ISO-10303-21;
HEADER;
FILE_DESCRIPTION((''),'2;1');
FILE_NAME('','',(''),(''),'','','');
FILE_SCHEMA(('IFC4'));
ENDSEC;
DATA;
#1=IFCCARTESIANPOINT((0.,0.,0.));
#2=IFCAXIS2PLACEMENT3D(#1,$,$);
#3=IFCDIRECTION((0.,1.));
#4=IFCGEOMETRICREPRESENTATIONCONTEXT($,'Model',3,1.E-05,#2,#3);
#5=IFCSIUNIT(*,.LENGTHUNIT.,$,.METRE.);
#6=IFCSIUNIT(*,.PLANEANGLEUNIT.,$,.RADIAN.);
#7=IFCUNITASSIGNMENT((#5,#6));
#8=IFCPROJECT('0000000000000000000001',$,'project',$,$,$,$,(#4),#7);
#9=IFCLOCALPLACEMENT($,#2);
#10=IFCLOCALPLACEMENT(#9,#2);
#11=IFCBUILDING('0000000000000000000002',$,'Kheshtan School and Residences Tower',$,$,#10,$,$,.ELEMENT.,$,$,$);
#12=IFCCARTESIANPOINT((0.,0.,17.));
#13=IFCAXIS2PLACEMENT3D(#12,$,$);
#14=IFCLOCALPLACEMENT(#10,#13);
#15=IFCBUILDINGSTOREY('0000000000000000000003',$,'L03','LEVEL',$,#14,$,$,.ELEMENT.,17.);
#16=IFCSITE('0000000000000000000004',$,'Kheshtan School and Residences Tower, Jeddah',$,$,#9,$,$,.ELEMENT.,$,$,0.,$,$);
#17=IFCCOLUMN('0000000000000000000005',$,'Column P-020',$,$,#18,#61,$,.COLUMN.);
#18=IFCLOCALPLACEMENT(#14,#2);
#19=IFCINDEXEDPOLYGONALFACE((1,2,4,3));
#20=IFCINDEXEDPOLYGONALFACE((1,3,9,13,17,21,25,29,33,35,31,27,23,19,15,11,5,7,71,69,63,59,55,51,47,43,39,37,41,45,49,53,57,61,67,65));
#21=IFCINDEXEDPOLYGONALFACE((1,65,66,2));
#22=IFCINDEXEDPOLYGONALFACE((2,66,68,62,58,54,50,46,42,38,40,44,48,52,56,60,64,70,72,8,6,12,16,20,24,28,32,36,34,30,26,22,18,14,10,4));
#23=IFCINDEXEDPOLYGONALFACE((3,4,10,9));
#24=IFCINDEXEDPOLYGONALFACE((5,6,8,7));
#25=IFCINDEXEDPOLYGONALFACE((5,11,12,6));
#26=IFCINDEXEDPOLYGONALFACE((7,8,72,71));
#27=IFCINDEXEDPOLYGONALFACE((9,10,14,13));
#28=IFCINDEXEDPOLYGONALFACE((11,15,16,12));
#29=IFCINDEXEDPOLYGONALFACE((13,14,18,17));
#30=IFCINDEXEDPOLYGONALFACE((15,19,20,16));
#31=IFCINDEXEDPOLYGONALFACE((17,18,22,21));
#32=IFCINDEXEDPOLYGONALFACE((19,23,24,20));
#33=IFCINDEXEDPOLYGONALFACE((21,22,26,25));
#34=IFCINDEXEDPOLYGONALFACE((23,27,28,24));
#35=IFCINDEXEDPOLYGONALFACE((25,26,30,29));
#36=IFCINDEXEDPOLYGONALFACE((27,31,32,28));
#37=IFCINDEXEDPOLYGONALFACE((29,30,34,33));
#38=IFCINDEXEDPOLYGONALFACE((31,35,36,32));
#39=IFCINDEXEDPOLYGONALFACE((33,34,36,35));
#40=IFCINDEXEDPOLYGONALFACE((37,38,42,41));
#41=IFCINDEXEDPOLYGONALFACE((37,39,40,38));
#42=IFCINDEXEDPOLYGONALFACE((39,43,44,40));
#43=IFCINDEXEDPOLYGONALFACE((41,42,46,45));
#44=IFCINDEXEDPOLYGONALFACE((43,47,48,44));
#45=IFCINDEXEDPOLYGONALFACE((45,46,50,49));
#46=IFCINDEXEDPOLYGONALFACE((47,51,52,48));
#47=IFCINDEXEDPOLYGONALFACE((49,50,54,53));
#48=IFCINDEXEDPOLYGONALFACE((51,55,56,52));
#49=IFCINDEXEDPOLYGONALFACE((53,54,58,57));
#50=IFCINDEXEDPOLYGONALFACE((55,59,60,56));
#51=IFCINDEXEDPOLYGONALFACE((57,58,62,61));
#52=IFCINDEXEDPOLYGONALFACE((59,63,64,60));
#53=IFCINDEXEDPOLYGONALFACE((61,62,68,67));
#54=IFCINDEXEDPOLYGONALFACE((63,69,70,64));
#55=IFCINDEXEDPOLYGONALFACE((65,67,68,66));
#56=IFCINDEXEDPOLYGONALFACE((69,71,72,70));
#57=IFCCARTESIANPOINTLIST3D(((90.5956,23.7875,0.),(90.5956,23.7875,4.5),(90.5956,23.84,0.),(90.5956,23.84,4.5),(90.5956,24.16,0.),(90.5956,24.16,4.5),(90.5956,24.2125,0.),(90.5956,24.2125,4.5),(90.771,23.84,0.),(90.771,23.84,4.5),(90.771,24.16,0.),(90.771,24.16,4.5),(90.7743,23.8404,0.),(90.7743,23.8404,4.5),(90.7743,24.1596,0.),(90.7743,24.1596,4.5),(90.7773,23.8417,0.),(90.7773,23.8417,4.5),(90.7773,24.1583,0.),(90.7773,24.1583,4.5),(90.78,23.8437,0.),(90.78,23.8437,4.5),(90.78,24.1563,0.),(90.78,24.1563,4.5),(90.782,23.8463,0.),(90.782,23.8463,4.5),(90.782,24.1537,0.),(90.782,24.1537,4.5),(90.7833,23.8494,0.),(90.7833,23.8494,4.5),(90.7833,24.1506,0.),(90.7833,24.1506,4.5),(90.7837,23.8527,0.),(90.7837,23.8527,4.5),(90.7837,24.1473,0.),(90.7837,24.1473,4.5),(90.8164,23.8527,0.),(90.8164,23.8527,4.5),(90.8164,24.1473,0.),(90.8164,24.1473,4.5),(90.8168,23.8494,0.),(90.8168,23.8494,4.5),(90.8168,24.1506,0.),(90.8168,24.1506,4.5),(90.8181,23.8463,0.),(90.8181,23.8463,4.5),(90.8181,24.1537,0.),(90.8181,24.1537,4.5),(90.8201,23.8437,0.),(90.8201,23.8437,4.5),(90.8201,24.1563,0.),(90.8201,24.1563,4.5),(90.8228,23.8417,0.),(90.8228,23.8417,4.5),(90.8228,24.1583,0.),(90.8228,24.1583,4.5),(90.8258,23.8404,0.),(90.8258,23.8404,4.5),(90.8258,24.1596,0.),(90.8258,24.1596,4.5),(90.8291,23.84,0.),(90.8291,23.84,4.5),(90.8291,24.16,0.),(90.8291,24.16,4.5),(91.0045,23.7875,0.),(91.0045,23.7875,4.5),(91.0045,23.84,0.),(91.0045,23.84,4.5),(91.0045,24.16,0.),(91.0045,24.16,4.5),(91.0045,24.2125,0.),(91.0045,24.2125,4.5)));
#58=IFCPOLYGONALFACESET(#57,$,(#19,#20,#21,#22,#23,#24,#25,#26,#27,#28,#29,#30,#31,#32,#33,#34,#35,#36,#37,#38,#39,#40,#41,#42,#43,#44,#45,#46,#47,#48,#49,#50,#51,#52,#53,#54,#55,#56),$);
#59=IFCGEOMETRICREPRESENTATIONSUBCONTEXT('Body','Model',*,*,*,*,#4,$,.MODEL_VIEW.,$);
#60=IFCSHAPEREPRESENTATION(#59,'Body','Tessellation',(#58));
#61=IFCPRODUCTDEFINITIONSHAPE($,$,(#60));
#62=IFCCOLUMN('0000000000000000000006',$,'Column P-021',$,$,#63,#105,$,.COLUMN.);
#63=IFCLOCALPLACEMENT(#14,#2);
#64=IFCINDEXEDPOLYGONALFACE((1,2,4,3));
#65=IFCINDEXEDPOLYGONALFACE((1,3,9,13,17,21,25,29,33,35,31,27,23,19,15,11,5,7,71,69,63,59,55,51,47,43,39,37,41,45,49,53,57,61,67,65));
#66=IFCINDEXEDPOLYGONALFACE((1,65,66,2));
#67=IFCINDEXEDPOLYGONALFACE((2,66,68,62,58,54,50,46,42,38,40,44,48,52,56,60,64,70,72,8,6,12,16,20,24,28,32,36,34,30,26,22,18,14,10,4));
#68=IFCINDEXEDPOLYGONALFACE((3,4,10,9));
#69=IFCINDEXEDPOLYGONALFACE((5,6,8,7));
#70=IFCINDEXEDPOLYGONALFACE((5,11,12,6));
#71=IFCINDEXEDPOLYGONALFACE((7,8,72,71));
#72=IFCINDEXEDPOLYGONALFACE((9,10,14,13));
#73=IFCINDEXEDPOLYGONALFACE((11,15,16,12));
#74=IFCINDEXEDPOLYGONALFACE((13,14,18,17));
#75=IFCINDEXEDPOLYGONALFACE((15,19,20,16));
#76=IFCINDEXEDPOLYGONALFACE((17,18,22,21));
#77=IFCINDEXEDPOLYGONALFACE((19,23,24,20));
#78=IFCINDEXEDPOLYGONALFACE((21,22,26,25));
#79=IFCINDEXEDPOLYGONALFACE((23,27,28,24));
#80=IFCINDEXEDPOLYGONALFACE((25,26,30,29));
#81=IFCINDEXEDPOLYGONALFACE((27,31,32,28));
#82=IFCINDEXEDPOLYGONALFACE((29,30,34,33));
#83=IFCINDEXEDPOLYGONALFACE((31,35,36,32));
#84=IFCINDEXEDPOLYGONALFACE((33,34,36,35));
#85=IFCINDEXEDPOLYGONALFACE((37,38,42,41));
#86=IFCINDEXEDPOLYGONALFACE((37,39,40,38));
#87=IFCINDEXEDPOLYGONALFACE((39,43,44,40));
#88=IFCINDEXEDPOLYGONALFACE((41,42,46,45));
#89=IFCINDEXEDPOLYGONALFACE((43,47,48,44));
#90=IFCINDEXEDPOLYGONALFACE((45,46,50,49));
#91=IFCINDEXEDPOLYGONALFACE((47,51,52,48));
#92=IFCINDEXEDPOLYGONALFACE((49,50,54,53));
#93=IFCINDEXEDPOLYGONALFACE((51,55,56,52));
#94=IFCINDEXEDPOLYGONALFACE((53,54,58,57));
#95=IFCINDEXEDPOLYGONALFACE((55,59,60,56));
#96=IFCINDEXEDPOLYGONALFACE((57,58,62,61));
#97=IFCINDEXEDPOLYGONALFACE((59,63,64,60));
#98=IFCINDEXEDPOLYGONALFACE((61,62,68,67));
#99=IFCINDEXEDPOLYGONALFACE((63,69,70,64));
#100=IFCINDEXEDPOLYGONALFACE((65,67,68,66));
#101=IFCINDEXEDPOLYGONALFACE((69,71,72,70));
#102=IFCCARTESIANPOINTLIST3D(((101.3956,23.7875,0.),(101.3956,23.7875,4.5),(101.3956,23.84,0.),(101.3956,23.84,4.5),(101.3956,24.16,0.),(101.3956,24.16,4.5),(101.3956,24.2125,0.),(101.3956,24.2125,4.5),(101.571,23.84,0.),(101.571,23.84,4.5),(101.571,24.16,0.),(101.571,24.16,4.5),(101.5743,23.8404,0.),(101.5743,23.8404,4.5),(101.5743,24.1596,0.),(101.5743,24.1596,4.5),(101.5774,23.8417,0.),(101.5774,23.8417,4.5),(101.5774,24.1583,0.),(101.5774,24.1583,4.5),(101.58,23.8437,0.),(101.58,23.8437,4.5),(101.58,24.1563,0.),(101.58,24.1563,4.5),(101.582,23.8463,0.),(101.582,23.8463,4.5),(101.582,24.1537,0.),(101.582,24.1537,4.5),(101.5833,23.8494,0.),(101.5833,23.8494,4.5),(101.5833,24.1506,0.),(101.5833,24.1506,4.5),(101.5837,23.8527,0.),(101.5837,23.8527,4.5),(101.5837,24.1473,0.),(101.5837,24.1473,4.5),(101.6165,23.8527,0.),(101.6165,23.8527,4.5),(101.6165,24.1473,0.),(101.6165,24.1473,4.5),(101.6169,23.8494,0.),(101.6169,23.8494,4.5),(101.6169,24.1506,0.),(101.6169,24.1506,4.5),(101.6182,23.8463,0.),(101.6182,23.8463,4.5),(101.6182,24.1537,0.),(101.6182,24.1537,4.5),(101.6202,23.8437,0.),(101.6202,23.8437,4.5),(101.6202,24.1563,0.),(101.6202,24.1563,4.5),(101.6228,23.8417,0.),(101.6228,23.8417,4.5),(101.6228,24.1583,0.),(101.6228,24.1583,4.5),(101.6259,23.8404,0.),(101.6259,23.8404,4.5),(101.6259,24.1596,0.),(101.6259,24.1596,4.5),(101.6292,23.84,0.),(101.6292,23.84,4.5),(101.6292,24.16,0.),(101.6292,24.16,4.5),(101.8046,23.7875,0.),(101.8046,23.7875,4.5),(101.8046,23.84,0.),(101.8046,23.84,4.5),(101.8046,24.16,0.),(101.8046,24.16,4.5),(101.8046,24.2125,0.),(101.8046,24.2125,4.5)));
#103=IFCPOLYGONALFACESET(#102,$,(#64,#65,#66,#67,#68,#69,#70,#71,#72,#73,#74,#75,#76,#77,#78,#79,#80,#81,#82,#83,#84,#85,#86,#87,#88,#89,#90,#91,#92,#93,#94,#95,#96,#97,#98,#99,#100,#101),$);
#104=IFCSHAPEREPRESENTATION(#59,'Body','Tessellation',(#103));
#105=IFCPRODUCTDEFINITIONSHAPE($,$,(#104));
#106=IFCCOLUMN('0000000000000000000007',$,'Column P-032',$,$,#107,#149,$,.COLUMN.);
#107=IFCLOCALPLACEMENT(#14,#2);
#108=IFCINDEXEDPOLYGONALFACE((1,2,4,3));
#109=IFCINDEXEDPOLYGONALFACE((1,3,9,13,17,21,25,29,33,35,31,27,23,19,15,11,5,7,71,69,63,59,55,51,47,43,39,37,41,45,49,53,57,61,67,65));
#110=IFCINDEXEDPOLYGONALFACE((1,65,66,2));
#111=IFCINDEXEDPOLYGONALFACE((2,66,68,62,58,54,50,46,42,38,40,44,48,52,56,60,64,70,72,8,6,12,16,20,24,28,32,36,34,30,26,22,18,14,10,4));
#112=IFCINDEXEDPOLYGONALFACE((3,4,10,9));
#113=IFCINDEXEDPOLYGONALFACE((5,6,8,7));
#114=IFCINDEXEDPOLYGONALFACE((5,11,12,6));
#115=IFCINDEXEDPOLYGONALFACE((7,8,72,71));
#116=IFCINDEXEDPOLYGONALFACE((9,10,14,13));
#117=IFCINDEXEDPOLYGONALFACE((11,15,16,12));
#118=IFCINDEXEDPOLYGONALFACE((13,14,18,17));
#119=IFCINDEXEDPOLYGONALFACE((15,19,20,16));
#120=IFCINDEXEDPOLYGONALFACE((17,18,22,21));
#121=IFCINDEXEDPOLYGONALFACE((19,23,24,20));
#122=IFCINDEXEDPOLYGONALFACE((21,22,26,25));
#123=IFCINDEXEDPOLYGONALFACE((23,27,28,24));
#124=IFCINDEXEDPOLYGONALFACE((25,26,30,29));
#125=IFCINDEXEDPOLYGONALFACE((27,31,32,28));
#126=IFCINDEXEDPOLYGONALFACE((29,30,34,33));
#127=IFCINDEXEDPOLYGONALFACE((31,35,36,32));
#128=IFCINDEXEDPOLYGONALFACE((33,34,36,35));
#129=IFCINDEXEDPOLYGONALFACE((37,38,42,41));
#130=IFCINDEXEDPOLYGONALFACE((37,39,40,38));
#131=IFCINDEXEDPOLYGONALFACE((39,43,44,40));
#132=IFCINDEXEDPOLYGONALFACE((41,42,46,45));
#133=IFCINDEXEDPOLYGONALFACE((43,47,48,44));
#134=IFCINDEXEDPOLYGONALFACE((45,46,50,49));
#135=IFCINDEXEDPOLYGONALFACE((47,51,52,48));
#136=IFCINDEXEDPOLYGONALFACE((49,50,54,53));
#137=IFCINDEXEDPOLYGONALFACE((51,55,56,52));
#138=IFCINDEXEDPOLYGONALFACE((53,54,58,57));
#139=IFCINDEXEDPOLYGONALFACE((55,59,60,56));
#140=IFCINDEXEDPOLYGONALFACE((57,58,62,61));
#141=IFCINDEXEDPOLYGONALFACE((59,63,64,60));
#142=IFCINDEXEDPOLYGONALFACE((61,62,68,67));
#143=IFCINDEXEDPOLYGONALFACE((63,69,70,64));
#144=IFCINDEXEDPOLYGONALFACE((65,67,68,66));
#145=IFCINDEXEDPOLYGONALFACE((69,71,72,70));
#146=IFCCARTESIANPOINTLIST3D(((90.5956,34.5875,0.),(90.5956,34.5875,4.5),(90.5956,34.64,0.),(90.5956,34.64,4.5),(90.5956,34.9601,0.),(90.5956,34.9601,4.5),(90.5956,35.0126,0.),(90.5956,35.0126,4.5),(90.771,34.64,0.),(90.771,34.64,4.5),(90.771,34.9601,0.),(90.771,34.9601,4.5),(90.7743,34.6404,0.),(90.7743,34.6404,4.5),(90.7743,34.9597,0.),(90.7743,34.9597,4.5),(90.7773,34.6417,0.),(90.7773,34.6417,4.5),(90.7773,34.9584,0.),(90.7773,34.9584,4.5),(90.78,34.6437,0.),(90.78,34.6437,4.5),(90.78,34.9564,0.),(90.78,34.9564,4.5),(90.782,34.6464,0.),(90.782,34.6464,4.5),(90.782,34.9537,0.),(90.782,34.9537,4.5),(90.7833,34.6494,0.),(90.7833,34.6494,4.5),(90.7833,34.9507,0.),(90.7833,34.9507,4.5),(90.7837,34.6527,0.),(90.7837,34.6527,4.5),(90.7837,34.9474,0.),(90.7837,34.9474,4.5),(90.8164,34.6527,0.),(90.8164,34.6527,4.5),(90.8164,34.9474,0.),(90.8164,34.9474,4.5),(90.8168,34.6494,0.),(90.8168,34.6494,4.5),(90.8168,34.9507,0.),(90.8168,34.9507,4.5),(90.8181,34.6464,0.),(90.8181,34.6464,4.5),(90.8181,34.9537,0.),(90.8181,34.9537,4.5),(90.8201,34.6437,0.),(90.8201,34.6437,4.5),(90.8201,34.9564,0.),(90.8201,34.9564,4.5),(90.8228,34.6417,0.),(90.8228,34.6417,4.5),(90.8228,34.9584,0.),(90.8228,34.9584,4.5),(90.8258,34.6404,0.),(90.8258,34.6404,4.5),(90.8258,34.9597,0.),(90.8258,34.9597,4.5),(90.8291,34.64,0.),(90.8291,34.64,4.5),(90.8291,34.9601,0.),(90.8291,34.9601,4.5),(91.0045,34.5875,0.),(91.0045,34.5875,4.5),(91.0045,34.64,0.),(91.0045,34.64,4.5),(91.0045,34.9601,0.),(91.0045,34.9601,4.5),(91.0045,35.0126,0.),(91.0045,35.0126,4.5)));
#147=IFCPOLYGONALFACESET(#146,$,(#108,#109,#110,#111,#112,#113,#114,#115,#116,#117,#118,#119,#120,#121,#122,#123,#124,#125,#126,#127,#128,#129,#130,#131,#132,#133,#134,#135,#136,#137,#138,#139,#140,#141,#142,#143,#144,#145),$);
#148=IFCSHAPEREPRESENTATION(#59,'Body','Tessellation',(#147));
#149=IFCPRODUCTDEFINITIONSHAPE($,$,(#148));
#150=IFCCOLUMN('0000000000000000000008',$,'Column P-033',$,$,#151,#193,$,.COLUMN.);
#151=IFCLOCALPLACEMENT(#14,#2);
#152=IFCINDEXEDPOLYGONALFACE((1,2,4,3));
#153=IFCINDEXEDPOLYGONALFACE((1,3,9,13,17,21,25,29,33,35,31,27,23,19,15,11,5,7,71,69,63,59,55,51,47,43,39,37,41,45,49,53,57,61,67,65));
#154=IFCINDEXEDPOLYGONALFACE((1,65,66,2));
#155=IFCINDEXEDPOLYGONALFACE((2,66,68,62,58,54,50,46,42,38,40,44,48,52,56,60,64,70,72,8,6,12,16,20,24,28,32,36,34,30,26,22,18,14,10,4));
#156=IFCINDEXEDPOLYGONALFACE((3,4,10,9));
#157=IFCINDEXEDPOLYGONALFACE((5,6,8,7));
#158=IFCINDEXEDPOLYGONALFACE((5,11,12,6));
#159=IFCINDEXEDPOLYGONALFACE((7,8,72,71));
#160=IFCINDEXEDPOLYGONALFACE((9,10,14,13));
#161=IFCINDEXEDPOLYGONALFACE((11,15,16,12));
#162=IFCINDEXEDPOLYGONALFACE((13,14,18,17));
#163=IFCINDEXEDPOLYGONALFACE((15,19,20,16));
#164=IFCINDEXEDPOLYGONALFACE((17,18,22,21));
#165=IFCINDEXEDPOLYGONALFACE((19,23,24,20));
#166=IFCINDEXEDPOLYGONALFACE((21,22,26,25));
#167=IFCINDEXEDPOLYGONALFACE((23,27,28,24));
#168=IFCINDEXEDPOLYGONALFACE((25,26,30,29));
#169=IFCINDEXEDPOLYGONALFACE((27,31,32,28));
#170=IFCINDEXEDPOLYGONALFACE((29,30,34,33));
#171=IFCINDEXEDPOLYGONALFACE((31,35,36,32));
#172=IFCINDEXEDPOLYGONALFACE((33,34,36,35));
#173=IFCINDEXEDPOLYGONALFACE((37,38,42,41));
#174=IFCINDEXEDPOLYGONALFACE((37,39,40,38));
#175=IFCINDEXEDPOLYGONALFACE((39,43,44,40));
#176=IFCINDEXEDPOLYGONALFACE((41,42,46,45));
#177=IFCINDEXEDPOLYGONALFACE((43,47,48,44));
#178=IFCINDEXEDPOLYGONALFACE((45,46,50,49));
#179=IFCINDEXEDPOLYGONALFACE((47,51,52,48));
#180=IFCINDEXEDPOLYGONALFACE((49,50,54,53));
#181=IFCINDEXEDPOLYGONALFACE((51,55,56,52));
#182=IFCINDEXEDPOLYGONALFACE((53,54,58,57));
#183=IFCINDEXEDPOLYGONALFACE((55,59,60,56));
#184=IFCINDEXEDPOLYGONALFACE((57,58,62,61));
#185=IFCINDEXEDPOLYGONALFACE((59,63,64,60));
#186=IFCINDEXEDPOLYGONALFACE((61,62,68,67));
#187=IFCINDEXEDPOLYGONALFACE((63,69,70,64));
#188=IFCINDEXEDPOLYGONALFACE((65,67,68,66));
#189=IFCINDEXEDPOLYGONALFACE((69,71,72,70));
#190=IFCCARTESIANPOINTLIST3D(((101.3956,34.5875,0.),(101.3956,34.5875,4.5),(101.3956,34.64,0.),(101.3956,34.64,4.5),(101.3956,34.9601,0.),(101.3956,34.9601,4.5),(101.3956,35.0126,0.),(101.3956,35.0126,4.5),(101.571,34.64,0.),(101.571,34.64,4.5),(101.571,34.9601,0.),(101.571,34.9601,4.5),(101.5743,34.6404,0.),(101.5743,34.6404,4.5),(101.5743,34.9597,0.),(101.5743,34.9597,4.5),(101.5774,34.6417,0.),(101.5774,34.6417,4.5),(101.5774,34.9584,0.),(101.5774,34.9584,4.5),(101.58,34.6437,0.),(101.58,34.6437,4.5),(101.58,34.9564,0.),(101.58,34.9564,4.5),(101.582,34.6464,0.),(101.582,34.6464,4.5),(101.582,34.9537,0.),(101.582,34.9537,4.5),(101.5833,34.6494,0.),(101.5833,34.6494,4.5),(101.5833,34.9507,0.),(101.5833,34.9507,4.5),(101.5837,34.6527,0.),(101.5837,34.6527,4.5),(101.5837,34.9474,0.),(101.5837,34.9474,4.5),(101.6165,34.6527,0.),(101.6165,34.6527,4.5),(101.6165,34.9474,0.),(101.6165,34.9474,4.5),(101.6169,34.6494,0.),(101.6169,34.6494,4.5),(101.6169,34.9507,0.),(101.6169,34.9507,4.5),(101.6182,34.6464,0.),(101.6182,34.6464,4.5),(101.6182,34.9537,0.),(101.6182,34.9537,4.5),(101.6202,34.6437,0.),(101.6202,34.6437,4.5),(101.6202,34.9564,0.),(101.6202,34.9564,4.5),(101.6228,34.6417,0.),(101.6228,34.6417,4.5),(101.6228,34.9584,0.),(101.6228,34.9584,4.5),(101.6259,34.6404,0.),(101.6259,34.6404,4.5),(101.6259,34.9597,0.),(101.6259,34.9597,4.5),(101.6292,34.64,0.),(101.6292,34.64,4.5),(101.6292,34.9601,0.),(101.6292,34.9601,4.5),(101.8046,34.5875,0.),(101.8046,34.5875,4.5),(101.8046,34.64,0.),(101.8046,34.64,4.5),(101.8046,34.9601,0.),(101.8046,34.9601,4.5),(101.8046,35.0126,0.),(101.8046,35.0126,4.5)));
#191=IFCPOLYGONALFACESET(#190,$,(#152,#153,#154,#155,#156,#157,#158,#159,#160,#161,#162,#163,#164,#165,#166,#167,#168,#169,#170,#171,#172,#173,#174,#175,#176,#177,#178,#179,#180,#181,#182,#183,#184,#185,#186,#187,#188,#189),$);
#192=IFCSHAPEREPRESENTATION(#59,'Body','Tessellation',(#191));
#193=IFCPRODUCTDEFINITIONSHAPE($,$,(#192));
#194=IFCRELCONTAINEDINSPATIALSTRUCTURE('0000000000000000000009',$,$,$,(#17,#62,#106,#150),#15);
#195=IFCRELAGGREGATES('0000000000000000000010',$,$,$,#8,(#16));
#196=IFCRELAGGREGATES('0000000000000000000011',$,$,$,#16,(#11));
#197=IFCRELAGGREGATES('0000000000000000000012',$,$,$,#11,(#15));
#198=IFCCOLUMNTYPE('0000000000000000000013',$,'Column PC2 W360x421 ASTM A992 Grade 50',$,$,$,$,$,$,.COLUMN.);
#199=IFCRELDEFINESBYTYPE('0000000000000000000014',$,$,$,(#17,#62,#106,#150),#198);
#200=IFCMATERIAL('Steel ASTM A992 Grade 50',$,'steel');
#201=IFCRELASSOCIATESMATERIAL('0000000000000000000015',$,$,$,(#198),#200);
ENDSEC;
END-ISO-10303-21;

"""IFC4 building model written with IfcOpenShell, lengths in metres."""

from ifc_helpers import new_model, si_unit, direction, frame, origin, origin_2d, place, context, subcontext, project, spatial, i_section, extrude, material, material_profile, profile_set, type_object, element, save


model = new_model("IFC4")

# Units and contexts
model_context = context("Model", 3, precision=1e-05, world=origin(), true_north=direction((0.0, 1.0)))
body_context = subcontext(model_context, "Body", "Model", "MODEL_VIEW")
ifc_project = project(units=[si_unit("LENGTHUNIT", "METRE"), si_unit("PLANEANGLEUNIT", "RADIAN")], contexts=[model_context])

# Site, building, storey
site_placement = place(None, origin())
site = spatial("IfcSite", under=ifc_project, at=site_placement, Name="Kheshtan School and Residences Tower, Jeddah", CompositionType="ELEMENT", RefElevation=0.0)
building_placement = place(site_placement, origin())
building = spatial("IfcBuilding", under=site, at=building_placement, Name="Kheshtan School and Residences Tower", CompositionType="ELEMENT")
storey_placement = place(building_placement, frame((0.0, 0.0, 17.0)))
storey = spatial("IfcBuildingStorey", under=building, at=storey_placement, Name="L03", Description="LEVEL", CompositionType="ELEMENT", Elevation=17.0)

# Columns
ifc_material_1 = material(Name="Steel ASTM A992 Grade 50", Category="steel")
ifc_material_profile = material_profile(ifc_material_1, i_section(OverallWidth=0.4089, OverallDepth=0.425, WebThickness=0.0327, FlangeThickness=0.0525, FilletRadius=0.0127, at=origin_2d()), Name="W360x421")
ifc_profile_set = profile_set([ifc_material_profile], Name="Steel ASTM A992 Grade 50")
column_type = type_object("IfcColumnType", Name="Column PC2 W360x421 ASTM A992 Grade 50", PredefinedType="COLUMN", material=ifc_profile_set)
for number, where, z_axis, x_axis, name in (
    (1, (90.8, 24.0, 0.0), (0.0, 0.0, 1.0), (1.0, 0.0, 0.0), "Column P-020"),
    (2, (101.6001, 24.0, 0.0), (0.0, 0.0, 1.0), (1.0, 0.0, 0.0), "Column P-021"),
    (3, (90.8, 34.8, 0.0), (0.0, 0.0, 1.0), (1.0, 0.0, 0.0), "Column P-032"),
    (4, (101.6001, 34.8, 0.0), (0.0, 0.0, 1.0), (1.0, 0.0, 0.0), "Column P-033"),
):
    element("IfcColumn", number, at=place(storey_placement, frame(where, z_axis=z_axis, x_axis=x_axis)), inside=storey, type_object=column_type, Name=name, PredefinedType="COLUMN", context=body_context, shape_type="SweptSolid", body=[
        extrude(i_section(OverallWidth=0.4089, OverallDepth=0.425, WebThickness=0.0327, FlangeThickness=0.0525, FilletRadius=0.0127, at=origin_2d()), origin(), (0.0, 0.0, 1.0), 4.5),
    ])

save(model, "model.ifc")
